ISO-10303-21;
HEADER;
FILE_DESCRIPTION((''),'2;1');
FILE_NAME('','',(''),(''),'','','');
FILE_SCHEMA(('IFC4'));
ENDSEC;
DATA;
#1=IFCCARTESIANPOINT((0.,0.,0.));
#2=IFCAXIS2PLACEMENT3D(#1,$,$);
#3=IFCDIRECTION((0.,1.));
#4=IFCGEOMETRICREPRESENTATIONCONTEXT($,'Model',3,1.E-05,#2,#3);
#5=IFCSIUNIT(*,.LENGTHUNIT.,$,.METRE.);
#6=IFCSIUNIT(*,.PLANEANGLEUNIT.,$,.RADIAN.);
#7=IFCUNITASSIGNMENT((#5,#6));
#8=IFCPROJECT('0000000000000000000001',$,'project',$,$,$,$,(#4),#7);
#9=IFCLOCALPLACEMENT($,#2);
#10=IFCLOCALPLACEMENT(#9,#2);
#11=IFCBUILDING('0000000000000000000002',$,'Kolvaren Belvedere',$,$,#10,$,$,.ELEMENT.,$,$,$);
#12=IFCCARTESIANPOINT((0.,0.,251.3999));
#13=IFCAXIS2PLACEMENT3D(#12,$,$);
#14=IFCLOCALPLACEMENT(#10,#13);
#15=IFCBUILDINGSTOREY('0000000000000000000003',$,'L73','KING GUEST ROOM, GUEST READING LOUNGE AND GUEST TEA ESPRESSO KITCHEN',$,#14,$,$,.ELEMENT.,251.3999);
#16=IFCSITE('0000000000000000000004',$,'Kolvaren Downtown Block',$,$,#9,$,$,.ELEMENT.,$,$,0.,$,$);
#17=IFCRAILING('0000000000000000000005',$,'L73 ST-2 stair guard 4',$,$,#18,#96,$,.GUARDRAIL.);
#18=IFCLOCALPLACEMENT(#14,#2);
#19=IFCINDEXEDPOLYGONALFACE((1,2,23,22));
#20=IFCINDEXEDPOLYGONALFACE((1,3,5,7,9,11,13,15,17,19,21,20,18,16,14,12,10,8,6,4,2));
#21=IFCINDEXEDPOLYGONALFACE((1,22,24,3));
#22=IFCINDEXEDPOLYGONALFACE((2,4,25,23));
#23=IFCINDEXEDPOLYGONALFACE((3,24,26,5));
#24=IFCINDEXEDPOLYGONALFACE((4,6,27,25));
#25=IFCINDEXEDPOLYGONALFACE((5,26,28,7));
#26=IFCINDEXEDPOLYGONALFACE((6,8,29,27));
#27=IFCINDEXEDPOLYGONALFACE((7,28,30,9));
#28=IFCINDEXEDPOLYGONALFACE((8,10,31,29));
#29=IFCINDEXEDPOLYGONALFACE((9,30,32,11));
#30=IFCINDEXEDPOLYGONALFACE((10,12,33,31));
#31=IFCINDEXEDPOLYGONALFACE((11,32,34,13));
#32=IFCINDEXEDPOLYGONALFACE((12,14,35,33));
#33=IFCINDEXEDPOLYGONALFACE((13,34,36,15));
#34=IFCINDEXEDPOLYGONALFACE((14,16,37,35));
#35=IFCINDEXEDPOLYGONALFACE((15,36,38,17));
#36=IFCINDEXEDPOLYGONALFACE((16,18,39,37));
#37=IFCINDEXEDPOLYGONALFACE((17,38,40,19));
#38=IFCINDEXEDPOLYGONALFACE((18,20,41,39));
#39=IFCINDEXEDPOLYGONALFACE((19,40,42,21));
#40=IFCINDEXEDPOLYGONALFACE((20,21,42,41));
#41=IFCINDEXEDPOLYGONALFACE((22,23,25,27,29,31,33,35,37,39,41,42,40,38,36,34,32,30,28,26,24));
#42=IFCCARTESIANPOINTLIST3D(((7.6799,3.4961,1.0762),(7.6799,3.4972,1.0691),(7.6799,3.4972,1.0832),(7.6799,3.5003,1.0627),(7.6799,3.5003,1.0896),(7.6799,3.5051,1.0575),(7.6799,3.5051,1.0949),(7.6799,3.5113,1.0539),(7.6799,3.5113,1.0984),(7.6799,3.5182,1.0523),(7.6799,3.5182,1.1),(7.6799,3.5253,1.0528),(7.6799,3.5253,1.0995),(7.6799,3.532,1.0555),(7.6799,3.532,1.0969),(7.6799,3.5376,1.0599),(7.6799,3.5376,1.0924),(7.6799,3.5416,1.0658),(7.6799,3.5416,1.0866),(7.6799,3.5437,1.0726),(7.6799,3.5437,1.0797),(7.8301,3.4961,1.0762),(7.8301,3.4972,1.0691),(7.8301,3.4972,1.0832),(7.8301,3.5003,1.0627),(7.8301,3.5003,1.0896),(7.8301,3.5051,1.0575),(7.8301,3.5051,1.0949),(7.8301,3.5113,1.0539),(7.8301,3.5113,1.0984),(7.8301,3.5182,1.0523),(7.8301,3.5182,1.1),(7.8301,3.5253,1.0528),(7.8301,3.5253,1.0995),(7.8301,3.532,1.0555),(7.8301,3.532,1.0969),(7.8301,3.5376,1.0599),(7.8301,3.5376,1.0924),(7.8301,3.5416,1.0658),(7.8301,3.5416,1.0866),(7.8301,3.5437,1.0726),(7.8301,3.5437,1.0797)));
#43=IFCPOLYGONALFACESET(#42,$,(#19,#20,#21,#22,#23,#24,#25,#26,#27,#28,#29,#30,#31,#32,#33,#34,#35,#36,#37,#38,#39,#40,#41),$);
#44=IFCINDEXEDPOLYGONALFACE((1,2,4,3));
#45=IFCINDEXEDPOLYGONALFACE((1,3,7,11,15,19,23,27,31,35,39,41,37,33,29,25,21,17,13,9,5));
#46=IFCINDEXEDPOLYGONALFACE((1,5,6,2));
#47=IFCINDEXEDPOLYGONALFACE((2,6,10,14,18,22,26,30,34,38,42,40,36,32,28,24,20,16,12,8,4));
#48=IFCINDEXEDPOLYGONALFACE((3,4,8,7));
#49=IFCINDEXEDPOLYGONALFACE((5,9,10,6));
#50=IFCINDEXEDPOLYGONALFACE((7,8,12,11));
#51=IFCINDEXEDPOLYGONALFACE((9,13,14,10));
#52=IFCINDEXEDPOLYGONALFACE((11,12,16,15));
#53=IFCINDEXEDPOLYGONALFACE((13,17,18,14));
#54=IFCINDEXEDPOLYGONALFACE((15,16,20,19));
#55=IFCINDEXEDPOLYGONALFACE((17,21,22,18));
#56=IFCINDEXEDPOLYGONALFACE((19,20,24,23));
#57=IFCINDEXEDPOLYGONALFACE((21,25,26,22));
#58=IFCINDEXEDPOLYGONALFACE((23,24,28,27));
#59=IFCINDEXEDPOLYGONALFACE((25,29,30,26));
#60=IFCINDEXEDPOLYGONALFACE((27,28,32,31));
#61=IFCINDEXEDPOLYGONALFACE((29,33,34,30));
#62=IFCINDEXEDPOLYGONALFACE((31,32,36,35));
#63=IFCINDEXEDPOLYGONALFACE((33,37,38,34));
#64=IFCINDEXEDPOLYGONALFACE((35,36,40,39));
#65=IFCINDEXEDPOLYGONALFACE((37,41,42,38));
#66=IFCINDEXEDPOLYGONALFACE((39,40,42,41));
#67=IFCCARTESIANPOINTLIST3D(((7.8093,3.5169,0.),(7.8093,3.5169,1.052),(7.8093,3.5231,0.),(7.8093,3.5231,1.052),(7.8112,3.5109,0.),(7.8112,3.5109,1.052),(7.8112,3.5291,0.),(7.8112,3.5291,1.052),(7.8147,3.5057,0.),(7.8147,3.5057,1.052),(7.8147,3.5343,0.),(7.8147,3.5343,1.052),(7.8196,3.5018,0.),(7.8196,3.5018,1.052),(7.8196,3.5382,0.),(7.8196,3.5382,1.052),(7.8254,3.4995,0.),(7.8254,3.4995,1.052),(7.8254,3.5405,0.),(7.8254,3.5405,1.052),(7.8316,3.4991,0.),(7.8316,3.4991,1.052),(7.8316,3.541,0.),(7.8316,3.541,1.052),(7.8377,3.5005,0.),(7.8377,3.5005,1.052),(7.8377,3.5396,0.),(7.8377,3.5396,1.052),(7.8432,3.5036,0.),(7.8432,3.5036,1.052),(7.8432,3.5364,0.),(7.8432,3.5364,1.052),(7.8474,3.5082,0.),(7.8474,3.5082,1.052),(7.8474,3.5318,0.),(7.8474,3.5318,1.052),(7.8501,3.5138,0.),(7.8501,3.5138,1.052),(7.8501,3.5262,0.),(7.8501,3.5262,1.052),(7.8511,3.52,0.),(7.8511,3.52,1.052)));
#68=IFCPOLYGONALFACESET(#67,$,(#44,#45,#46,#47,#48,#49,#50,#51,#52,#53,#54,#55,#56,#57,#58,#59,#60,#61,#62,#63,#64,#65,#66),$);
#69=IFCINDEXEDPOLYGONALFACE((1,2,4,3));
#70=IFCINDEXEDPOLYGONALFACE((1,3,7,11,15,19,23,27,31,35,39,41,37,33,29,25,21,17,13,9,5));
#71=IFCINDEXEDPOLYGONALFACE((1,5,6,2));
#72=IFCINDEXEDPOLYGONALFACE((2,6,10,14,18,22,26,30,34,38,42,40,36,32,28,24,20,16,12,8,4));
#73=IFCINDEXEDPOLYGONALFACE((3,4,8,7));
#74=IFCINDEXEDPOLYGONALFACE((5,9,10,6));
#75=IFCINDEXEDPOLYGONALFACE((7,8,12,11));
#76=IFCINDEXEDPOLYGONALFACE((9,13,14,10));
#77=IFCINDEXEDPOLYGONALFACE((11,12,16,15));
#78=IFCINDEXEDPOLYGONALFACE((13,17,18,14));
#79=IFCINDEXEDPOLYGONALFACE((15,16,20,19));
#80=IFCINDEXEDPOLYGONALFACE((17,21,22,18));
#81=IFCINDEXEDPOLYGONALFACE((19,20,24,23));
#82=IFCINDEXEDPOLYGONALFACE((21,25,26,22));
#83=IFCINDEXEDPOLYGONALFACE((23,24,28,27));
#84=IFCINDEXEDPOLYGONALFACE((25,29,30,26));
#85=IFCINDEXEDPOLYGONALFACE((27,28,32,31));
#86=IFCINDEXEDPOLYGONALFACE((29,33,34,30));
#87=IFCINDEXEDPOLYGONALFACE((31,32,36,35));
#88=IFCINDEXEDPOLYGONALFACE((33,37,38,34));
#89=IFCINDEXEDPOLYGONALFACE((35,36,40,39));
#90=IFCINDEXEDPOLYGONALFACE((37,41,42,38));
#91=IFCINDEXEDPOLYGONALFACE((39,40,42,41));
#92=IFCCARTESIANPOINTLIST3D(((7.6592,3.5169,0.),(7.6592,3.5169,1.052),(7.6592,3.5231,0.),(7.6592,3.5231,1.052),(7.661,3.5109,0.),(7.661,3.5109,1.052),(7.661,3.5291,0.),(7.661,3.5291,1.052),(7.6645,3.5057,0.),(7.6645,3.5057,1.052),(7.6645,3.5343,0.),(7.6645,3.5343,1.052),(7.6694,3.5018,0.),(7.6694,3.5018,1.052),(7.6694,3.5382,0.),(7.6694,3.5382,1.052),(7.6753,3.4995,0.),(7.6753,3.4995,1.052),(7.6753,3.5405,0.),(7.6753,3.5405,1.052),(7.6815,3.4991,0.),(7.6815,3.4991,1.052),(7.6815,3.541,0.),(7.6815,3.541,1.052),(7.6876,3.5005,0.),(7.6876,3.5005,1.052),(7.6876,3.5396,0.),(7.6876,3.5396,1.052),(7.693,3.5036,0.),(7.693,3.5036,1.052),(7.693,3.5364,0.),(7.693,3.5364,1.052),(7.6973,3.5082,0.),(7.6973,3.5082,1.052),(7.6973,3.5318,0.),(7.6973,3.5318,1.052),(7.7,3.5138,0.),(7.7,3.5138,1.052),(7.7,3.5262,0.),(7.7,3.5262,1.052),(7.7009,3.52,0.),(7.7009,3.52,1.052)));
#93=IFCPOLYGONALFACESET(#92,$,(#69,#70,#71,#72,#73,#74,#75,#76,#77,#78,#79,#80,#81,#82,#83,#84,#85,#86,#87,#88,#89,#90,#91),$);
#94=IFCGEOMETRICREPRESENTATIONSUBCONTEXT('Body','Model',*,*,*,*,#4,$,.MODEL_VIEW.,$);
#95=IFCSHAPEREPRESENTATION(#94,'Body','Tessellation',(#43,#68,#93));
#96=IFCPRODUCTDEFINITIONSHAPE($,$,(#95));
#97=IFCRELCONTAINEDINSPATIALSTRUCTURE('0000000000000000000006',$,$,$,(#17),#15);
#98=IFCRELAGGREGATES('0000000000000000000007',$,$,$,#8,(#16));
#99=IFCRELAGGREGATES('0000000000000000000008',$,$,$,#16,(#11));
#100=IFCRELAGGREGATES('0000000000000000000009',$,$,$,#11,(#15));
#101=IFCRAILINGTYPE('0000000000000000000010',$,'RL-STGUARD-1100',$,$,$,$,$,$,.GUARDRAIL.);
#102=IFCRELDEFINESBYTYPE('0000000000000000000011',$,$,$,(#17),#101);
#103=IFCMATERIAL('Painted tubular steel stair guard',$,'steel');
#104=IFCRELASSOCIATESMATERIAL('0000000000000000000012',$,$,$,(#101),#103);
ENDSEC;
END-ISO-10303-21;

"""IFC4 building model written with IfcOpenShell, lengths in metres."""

from ifc_helpers import new_model, si_unit, direction, frame, origin, origin_2d, place, context, subcontext, project, spatial, circle, extrude, material, type_object, element, save


model = new_model("IFC4")

# Units and contexts
model_context = context("Model", 3, precision=1e-05, world=origin(), true_north=direction((0.0, 1.0)))
body_context = subcontext(model_context, "Body", "Model", "MODEL_VIEW")
ifc_project = project(units=[si_unit("LENGTHUNIT", "METRE"), si_unit("PLANEANGLEUNIT", "RADIAN")], contexts=[model_context])

# Site, building, storey
site_placement = place(None, origin())
site = spatial("IfcSite", under=ifc_project, at=site_placement, Name="Kolvaren Downtown Block", CompositionType="ELEMENT", RefElevation=0.0)
building_placement = place(site_placement, origin())
building = spatial("IfcBuilding", under=site, at=building_placement, Name="Kolvaren Belvedere", CompositionType="ELEMENT")
storey_placement = place(building_placement, frame((0.0, 0.0, 251.3999)))
storey = spatial("IfcBuildingStorey", under=building, at=storey_placement, Name="L73", Description="KING GUEST ROOM, GUEST READING LOUNGE AND GUEST TEA ESPRESSO KITCHEN", CompositionType="ELEMENT", Elevation=251.3999)

# Railing
ifc_material_1 = material(Name="Painted tubular steel stair guard", Category="steel")
railing_type_1 = type_object("IfcRailingType", Name="RL-STGUARD-1100", PredefinedType="GUARDRAIL", material=ifc_material_1)
railing_1_placement = place(storey_placement, frame((7.8301, 3.52, 0.0)))
element("IfcRailing", 1, at=railing_1_placement, inside=storey, type_object=railing_type_1, Name="L73 ST-2 stair guard 4", PredefinedType="GUARDRAIL", context=body_context, shape_type="SweptSolid", body=[
    extrude(circle(Radius=0.0239, at=origin_2d()), frame((0.0, 0.0, 1.0762), z_axis=(-1.0, 0.0, 0.0), x_axis=(0.0, -1.0, 0.0)), (0.0, 0.0, 1.0), 0.1501),
    extrude(circle(Radius=0.021, at=origin_2d()), origin(), (0.0, 0.0, 1.0), 1.052),
    extrude(circle(Radius=0.021, at=origin_2d()), frame((-0.1501, 0.0, 0.0)), (0.0, 0.0, 1.0), 1.052),
])

save(model, "model.ifc")
